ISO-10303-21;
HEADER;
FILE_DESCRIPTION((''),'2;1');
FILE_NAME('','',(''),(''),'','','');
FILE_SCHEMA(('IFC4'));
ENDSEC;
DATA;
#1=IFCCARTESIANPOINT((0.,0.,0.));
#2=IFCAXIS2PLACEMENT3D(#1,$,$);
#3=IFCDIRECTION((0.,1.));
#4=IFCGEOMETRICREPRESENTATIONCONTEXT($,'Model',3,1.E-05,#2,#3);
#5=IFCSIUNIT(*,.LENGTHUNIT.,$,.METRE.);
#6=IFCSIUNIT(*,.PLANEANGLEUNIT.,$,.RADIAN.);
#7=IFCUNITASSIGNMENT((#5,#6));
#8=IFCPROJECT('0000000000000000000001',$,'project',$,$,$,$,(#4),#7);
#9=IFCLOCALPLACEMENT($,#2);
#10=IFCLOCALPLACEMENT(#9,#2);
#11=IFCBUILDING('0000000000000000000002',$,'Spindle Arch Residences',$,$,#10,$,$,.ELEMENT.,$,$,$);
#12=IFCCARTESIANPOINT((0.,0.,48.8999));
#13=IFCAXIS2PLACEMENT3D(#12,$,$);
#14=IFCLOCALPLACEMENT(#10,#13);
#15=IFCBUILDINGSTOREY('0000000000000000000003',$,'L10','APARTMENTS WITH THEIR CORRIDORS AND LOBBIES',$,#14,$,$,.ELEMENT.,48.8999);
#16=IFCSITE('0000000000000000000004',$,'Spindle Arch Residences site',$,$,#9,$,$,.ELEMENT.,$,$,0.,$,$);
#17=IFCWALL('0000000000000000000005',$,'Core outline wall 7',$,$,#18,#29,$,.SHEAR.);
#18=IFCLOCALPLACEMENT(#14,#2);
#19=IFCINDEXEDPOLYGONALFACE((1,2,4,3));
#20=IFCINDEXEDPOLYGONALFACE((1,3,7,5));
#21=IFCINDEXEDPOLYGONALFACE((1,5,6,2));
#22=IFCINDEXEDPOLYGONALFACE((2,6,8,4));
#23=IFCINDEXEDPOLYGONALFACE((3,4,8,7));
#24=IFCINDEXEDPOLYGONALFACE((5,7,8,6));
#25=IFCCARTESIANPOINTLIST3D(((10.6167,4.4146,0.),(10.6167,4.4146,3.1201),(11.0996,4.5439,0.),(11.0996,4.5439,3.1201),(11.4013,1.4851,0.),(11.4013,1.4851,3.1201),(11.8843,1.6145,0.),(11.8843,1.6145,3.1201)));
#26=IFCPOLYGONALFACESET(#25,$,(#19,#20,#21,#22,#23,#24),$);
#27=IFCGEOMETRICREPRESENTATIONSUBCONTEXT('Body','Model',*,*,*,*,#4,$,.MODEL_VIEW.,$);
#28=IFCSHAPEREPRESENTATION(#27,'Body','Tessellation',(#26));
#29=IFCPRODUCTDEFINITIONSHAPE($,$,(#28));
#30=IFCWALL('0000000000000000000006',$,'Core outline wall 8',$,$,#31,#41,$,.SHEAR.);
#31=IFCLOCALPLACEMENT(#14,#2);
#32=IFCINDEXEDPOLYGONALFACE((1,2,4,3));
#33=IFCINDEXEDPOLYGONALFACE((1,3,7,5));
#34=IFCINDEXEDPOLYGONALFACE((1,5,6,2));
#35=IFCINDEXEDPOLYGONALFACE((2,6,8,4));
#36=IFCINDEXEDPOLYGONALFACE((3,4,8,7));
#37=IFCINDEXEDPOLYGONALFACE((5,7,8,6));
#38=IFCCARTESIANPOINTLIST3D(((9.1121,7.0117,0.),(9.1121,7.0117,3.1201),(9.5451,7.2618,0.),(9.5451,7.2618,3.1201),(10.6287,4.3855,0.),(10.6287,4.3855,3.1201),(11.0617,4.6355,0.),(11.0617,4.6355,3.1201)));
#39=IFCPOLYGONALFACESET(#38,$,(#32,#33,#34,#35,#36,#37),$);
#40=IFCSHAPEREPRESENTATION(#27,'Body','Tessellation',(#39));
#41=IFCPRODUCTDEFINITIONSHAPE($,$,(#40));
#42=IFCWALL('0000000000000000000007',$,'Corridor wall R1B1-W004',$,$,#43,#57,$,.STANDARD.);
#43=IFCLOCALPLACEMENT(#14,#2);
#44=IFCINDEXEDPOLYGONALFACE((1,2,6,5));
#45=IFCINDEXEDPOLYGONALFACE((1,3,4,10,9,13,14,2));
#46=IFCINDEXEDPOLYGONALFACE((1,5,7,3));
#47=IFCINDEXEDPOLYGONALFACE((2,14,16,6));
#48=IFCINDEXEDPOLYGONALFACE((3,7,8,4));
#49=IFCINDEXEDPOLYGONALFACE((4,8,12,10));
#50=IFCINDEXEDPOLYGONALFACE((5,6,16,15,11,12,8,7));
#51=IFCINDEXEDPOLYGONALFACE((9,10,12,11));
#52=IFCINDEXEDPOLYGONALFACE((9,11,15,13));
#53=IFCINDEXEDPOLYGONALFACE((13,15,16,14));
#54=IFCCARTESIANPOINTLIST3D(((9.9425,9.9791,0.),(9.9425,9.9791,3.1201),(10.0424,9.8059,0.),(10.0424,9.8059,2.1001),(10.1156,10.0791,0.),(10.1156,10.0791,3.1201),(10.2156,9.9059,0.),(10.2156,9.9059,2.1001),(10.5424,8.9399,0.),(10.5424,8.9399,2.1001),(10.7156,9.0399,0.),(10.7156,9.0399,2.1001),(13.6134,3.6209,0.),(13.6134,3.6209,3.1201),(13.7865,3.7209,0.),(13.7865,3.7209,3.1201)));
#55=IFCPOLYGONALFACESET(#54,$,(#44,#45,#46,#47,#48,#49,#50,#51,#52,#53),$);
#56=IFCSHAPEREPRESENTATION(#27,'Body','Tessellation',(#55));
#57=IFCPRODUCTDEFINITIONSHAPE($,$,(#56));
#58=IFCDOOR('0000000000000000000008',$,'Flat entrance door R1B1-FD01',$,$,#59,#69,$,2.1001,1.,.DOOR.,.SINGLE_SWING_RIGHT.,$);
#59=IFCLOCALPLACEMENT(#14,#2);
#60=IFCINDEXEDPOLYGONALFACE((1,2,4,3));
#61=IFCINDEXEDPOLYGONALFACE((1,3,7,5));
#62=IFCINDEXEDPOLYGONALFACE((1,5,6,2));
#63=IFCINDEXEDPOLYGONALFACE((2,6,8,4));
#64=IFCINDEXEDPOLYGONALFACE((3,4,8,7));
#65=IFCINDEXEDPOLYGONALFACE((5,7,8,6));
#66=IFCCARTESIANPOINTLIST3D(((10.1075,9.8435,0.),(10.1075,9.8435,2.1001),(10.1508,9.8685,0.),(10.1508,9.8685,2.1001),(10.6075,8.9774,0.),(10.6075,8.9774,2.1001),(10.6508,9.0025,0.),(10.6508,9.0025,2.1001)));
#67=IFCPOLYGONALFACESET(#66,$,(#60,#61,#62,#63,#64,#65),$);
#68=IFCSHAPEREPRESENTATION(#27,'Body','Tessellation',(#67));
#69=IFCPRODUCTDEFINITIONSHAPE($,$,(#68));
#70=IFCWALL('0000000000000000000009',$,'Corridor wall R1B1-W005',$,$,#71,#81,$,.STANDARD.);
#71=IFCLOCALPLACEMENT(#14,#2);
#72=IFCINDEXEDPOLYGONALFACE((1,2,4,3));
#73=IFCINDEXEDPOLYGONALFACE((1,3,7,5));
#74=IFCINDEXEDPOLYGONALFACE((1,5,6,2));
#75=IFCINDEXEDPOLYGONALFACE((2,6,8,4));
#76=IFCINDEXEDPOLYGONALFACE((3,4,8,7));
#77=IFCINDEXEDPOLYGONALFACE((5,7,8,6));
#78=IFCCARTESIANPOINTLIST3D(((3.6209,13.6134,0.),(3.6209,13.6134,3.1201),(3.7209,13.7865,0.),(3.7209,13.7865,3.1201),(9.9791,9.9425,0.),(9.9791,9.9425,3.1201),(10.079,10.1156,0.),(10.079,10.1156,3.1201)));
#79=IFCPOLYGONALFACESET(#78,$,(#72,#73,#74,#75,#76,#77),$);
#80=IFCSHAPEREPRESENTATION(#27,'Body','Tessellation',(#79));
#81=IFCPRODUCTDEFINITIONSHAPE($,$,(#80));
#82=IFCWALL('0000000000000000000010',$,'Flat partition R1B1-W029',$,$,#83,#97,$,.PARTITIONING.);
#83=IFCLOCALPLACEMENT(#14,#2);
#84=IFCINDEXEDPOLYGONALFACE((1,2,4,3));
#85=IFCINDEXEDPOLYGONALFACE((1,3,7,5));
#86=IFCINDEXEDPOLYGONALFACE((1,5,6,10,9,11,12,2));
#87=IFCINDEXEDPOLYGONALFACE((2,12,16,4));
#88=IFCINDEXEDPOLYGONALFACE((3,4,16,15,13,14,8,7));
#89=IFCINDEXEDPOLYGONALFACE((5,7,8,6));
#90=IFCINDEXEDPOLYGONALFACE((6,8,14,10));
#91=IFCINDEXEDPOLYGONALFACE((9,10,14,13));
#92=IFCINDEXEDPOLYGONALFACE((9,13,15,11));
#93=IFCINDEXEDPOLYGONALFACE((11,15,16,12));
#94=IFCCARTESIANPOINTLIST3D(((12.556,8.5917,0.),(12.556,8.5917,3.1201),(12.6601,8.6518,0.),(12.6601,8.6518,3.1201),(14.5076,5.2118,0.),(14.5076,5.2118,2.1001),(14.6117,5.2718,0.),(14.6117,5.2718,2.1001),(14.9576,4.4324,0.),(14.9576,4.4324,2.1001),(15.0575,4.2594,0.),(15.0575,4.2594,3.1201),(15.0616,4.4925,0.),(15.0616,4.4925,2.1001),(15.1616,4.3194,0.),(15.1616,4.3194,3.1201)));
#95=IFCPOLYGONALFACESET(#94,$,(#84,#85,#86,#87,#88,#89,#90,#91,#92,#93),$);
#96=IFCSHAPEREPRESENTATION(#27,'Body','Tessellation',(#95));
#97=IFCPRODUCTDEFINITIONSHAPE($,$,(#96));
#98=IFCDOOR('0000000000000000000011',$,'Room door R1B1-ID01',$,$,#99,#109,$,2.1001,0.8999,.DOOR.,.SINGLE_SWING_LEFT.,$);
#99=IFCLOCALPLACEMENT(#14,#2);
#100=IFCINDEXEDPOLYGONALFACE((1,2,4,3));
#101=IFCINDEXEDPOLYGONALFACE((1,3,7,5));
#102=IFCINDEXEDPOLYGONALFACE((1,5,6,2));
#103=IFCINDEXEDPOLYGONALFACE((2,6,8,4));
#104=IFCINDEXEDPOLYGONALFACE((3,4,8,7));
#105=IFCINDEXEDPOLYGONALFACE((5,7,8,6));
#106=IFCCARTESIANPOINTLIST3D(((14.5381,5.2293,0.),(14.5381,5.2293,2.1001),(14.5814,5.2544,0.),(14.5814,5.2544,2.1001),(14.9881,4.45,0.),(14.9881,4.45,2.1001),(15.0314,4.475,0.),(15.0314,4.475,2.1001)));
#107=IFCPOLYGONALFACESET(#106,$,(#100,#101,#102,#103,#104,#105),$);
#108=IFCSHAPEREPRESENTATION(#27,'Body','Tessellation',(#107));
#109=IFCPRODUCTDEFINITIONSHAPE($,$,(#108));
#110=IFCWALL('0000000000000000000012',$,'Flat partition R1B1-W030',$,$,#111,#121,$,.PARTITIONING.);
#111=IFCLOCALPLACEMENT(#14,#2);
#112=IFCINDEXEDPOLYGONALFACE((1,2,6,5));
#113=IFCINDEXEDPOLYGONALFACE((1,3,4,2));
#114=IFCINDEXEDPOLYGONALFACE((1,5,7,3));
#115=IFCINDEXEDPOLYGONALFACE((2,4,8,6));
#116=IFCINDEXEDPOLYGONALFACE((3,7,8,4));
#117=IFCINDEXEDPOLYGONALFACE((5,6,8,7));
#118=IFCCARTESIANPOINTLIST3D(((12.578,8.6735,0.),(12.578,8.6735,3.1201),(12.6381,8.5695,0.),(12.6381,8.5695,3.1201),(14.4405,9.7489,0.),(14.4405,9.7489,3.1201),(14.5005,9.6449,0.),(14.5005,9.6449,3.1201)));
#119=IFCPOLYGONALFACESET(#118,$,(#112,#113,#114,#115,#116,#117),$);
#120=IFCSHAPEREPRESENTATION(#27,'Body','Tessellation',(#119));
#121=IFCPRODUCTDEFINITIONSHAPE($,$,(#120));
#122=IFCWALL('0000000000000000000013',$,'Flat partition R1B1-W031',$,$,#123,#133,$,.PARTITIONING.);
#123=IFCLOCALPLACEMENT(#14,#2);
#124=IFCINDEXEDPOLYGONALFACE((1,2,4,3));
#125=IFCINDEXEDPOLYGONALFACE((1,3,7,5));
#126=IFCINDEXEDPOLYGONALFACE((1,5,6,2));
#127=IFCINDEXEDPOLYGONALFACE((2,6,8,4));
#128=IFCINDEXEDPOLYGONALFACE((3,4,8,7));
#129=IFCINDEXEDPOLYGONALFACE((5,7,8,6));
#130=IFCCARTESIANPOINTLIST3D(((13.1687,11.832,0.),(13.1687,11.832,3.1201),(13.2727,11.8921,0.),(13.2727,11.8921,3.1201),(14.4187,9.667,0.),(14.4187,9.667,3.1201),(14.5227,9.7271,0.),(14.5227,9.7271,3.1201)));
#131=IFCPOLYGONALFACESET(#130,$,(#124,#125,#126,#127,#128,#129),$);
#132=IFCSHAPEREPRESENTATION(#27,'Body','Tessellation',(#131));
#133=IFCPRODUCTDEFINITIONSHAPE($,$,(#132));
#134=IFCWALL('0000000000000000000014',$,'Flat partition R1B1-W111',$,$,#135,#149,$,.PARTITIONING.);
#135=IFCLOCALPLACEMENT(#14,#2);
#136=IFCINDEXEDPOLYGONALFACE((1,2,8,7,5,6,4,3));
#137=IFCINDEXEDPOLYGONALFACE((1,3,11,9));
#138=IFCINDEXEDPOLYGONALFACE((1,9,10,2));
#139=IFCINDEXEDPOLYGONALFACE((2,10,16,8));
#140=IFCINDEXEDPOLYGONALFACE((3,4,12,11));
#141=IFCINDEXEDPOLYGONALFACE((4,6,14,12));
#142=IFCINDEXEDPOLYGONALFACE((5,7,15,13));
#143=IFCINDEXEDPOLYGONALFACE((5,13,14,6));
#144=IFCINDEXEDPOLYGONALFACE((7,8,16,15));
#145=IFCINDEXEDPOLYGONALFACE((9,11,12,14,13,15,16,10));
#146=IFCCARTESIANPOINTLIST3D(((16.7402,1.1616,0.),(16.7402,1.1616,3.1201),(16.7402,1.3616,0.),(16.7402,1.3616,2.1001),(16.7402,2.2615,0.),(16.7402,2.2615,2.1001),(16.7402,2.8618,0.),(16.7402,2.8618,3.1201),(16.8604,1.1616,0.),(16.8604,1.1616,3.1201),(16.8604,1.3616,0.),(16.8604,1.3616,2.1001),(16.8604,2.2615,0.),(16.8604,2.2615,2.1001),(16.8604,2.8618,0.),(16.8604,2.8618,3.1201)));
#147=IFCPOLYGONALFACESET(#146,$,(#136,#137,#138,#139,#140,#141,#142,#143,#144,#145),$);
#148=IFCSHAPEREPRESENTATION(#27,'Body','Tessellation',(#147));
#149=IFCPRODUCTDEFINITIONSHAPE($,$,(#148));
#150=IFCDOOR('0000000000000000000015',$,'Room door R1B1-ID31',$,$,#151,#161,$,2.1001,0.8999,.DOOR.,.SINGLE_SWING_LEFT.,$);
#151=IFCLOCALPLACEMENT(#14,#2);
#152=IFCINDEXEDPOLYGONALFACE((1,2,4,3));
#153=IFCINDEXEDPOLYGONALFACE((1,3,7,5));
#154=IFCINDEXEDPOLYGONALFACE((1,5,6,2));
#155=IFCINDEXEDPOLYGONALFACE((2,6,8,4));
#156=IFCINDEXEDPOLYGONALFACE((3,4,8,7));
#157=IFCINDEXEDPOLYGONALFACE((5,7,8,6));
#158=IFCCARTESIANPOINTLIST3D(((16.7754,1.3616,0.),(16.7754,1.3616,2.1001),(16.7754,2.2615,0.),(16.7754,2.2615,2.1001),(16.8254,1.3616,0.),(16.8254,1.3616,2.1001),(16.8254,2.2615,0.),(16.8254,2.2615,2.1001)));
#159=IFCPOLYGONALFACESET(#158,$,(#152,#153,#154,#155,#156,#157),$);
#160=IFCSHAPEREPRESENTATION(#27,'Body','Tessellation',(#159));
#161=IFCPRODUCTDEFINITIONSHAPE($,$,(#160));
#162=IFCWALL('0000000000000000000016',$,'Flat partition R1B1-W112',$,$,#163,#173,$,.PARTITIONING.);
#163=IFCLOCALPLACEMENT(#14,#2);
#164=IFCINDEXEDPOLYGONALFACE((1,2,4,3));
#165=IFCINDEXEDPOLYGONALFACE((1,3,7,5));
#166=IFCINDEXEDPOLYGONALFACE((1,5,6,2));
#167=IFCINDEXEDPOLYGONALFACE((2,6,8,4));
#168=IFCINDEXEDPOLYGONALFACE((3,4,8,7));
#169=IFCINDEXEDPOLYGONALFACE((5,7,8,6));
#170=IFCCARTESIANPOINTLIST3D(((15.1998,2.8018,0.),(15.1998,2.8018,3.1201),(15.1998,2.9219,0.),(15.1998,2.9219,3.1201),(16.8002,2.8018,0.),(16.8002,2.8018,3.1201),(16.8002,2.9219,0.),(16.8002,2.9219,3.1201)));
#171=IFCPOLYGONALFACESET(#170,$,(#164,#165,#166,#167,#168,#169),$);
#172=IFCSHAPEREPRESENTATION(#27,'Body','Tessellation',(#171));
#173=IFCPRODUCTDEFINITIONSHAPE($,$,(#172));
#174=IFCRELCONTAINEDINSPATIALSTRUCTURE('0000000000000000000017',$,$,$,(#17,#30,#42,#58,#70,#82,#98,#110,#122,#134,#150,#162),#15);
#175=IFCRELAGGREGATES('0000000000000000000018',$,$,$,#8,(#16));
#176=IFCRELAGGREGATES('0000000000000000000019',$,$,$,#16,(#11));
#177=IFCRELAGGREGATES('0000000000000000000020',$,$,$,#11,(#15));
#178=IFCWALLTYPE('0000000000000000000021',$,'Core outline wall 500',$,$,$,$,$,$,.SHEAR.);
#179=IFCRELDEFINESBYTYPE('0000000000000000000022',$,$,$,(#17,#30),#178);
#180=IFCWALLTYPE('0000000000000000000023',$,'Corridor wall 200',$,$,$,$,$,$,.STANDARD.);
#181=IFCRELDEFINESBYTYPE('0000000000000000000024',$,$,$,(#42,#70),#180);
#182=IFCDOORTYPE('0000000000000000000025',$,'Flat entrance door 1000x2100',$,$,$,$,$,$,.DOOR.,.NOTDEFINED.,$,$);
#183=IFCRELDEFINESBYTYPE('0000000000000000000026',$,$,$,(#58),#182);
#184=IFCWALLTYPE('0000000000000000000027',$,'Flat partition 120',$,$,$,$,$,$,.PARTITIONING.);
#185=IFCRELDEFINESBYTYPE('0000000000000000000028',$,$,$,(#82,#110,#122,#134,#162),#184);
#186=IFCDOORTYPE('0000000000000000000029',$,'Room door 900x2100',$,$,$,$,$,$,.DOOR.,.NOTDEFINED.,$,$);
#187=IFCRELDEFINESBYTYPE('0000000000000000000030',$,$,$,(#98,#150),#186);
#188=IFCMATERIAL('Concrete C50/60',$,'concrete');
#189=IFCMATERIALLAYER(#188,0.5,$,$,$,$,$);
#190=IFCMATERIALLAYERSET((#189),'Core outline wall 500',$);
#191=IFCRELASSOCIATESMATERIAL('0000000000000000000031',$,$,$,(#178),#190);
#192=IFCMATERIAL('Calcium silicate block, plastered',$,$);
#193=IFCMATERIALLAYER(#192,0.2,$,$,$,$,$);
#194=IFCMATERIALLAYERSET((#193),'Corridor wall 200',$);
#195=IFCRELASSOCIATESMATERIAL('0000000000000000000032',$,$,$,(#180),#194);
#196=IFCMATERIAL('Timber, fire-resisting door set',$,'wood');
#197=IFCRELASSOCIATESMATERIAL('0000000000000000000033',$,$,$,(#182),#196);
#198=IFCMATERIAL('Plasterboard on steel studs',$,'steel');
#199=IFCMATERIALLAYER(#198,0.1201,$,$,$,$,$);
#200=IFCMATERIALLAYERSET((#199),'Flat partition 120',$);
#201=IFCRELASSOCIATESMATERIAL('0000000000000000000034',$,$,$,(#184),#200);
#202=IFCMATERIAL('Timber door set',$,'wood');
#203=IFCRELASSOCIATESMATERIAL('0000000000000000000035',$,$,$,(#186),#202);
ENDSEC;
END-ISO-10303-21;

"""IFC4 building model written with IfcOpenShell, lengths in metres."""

from ifc_helpers import new_model, si_unit, direction, frame, frame_2d, origin, place, context, subcontext, project, spatial, rectangle, extrude, material, layer, layer_set, type_object, element, fill, save


model = new_model("IFC4")

# Units and contexts
model_context = context("Model", 3, precision=1e-05, world=origin(), true_north=direction((0.0, 1.0)))
body_context = subcontext(model_context, "Body", "Model", "MODEL_VIEW")
ifc_project = project(units=[si_unit("LENGTHUNIT", "METRE"), si_unit("PLANEANGLEUNIT", "RADIAN")], contexts=[model_context])

# Site, building, storey
site_placement = place(None, origin())
site = spatial("IfcSite", under=ifc_project, at=site_placement, Name="Spindle Arch Residences site", CompositionType="ELEMENT", RefElevation=0.0)
building_placement = place(site_placement, origin())
building = spatial("IfcBuilding", under=site, at=building_placement, Name="Spindle Arch Residences", CompositionType="ELEMENT")
storey_placement = place(building_placement, frame((0.0, 0.0, 48.8999)))
storey = spatial("IfcBuildingStorey", under=building, at=storey_placement, Name="L10", Description="APARTMENTS WITH THEIR CORRIDORS AND LOBBIES", CompositionType="ELEMENT", Elevation=48.8999)

# Walls
ifc_material_1 = material(Name="Concrete C50/60", Category="concrete")
ifc_layer_1 = layer(ifc_material_1, 0.5)
ifc_layer_set_1 = layer_set([ifc_layer_1], Name="Core outline wall 500")
wall_type_1 = type_object("IfcWallType", Name="Core outline wall 500", PredefinedType="SHEAR", material=ifc_layer_set_1)
for number, where, z_axis, x_axis, name in (
    (1, (11.6428, 1.5498, 0.0), (0.0, 0.0, 1.0), (-0.258735, 0.965948, 0.0), "Core outline wall 7"),
    (2, (10.8452, 4.5105, 0.0), (0.0, 0.0, 1.0), (-0.500087, 0.865975, 0.0), "Core outline wall 8"),
):
    element("IfcWall", number, at=place(storey_placement, frame(where, z_axis=z_axis, x_axis=x_axis)), inside=storey, type_object=wall_type_1, Name=name, PredefinedType="SHEAR", context=body_context, shape_type="SweptSolid", body=[
        extrude(rectangle(XDim=3.0327, YDim=0.5, at=frame_2d((1.5164, 0.0))), origin(), (0.0, 0.0, 1.0), 3.1201),
    ])

# Wall, opening, door
ifc_material_2 = material(Name="Calcium silicate block, plastered")
ifc_layer_2 = layer(ifc_material_2, 0.2)
ifc_layer_set_2 = layer_set([ifc_layer_2], Name="Corridor wall 200")
wall_type_2 = type_object("IfcWallType", Name="Corridor wall 200", PredefinedType="STANDARD", material=ifc_layer_set_2)
wall_1_placement = place(storey_placement, frame((13.7, 3.6709, 0.0), z_axis=(0.0, 0.0, 1.0), x_axis=(-0.500002, 0.866024, 0.0)))
wall_1 = element("IfcWall", 3, at=wall_1_placement, inside=storey, type_object=wall_type_2, Name="Corridor wall R1B1-W004", PredefinedType="STANDARD", context=body_context, shape_type="SweptSolid", body=[
    extrude(rectangle(XDim=7.3418, YDim=0.2, at=frame_2d((3.6709, 0.0))), origin(), (0.0, 0.0, 1.0), 3.1201),
])
opening_1_placement = place(wall_1_placement, frame((6.1418, 0.0, 0.0)))
opening_1 = element("IfcOpeningElement", 4, at=opening_1_placement, cuts=wall_1, PredefinedType="OPENING", context=body_context, shape_type="SweptSolid", body=[
    extrude(rectangle(XDim=1.0, YDim=2.1001, at=frame_2d((0.5, 1.05))), frame((0.0, 0.1099, 0.0), z_axis=(0.0, -1.0, 0.0), x_axis=(1.0, 0.0, 0.0)), (0.0, 0.0, 1.0), 0.22),
])
ifc_material_3 = material(Name="Timber, fire-resisting door set", Category="wood")
door_type_1 = type_object("IfcDoorType", Name="Flat entrance door 1000x2100", OperationType="NOTDEFINED", PredefinedType="DOOR", material=ifc_material_3)
door_1_placement = place(opening_1_placement, origin())
door_1 = element("IfcDoor", 5, at=door_1_placement, inside=storey, type_object=door_type_1, Name="Flat entrance door R1B1-FD01", OperationType="SINGLE_SWING_RIGHT", OverallHeight=2.1001, OverallWidth=1.0, PredefinedType="DOOR", context=body_context, shape_type="SweptSolid", body=[
    extrude(rectangle(XDim=1.0, YDim=2.1001, at=frame_2d((0.5, 1.05))), frame((0.0, 0.0249, 0.0), z_axis=(0.0, -1.0, 0.0), x_axis=(1.0, 0.0, 0.0)), (0.0, 0.0, 1.0), 0.05),
])
fill(opening_1, door_1)

# Wall
wall_2_placement = place(storey_placement, frame((10.0291, 10.0291, 0.0), z_axis=(0.0, 0.0, 1.0), x_axis=(-0.866024, 0.500002, 0.0)))
element("IfcWall", 6, at=wall_2_placement, inside=storey, type_object=wall_type_2, Name="Corridor wall R1B1-W005", PredefinedType="STANDARD", context=body_context, shape_type="SweptSolid", body=[
    extrude(rectangle(XDim=7.3418, YDim=0.2, at=frame_2d((3.6709, 0.0))), origin(), (0.0, 0.0, 1.0), 3.1201),
])

# Wall, opening, door
ifc_material_4 = material(Name="Plasterboard on steel studs", Category="steel")
ifc_layer_3 = layer(ifc_material_4, 0.1201)
ifc_layer_set_3 = layer_set([ifc_layer_3], Name="Flat partition 120")
wall_type_3 = type_object("IfcWallType", Name="Flat partition 120", PredefinedType="PARTITIONING", material=ifc_layer_set_3)
wall_3_placement = place(storey_placement, frame((15.1096, 4.2893, 0.0), z_axis=(0.0, 0.0, 1.0), x_axis=(-0.500034, 0.866006, 0.0)))
wall_3 = element("IfcWall", 7, at=wall_3_placement, inside=storey, type_object=wall_type_3, Name="Flat partition R1B1-W029", PredefinedType="PARTITIONING", context=body_context, shape_type="SweptSolid", body=[
    extrude(rectangle(XDim=5.0027, YDim=0.1201, at=frame_2d((2.5015, 0.0))), origin(), (0.0, 0.0, 1.0), 3.1201),
])
opening_2_placement = place(wall_3_placement, frame((0.2, 0.0, 0.0)))
opening_2 = element("IfcOpeningElement", 8, at=opening_2_placement, cuts=wall_3, PredefinedType="OPENING", context=body_context, shape_type="SweptSolid", body=[
    extrude(rectangle(XDim=0.8999, YDim=2.1001, at=frame_2d((0.45, 1.05))), frame((0.0, 0.0701, 0.0), z_axis=(0.0, -1.0, 0.0), x_axis=(1.0, 0.0, 0.0)), (0.0, 0.0, 1.0), 0.1401),
])
ifc_material_5 = material(Name="Timber door set", Category="wood")
door_type_2 = type_object("IfcDoorType", Name="Room door 900x2100", OperationType="NOTDEFINED", PredefinedType="DOOR", material=ifc_material_5)
door_2_placement = place(opening_2_placement, origin())
door_2 = element("IfcDoor", 9, at=door_2_placement, inside=storey, type_object=door_type_2, Name="Room door R1B1-ID01", OperationType="SINGLE_SWING_LEFT", OverallHeight=2.1001, OverallWidth=0.8999, PredefinedType="DOOR", context=body_context, shape_type="SweptSolid", body=[
    extrude(rectangle(XDim=0.8999, YDim=2.1001, at=frame_2d((0.45, 1.05))), frame((0.0, 0.0249, 0.0), z_axis=(0.0, -1.0, 0.0), x_axis=(1.0, 0.0, 0.0)), (0.0, 0.0, 1.0), 0.05),
])
fill(opening_2, door_2)

# Walls
wall_4_placement = place(storey_placement, frame((12.6082, 8.6216, 0.0), z_axis=(0.0, 0.0, 1.0), x_axis=(0.866006, 0.500034, 0.0)))
element("IfcWall", 10, at=wall_4_placement, inside=storey, type_object=wall_type_3, Name="Flat partition R1B1-W030", PredefinedType="PARTITIONING", context=body_context, shape_type="SweptSolid", body=[
    extrude(rectangle(XDim=2.1506, YDim=0.1201, at=frame_2d((1.0752, 0.0))), origin(), (0.0, 0.0, 1.0), 3.1201),
])
wall_5_placement = place(storey_placement, frame((14.4707, 9.697, 0.0), z_axis=(0.0, 0.0, 1.0), x_axis=(-0.500004, 0.866023, 0.0)))
element("IfcWall", 11, at=wall_5_placement, inside=storey, type_object=wall_type_3, Name="Flat partition R1B1-W031", PredefinedType="PARTITIONING", context=body_context, shape_type="SweptSolid", body=[
    extrude(rectangle(XDim=2.5, YDim=0.1201, at=frame_2d((1.25, 0.0))), origin(), (0.0, 0.0, 1.0), 3.1201),
])

# Wall, opening, door
wall_6_placement = place(storey_placement, frame((16.8003, 1.1616, 0.0), z_axis=(0.0, 0.0, 1.0), x_axis=(0.0, 1.0, 0.0)))
wall_6 = element("IfcWall", 12, at=wall_6_placement, inside=storey, type_object=wall_type_3, Name="Flat partition R1B1-W111", PredefinedType="PARTITIONING", context=body_context, shape_type="SweptSolid", body=[
    extrude(rectangle(XDim=1.7002, YDim=0.1201, at=frame_2d((0.8501, 0.0))), origin(), (0.0, 0.0, 1.0), 3.1201),
])
opening_3_placement = place(wall_6_placement, frame((0.2, 0.0, 0.0)))
opening_3 = element("IfcOpeningElement", 13, at=opening_3_placement, cuts=wall_6, PredefinedType="OPENING", context=body_context, shape_type="SweptSolid", body=[
    extrude(rectangle(XDim=0.8999, YDim=2.1001, at=frame_2d((0.45, 1.05))), frame((0.0, 0.0701, 0.0), z_axis=(0.0, -1.0, 0.0), x_axis=(1.0, 0.0, 0.0)), (0.0, 0.0, 1.0), 0.1401),
])
door_3_placement = place(opening_3_placement, origin())
door_3 = element("IfcDoor", 14, at=door_3_placement, inside=storey, type_object=door_type_2, Name="Room door R1B1-ID31", OperationType="SINGLE_SWING_LEFT", OverallHeight=2.1001, OverallWidth=0.8999, PredefinedType="DOOR", context=body_context, shape_type="SweptSolid", body=[
    extrude(rectangle(XDim=0.8999, YDim=2.1001, at=frame_2d((0.45, 1.05))), frame((0.0, 0.0249, 0.0), z_axis=(0.0, -1.0, 0.0), x_axis=(1.0, 0.0, 0.0)), (0.0, 0.0, 1.0), 0.05),
])
fill(opening_3, door_3)

# Wall
wall_7_placement = place(storey_placement, frame((16.8003, 2.8618, 0.0), z_axis=(0.0, 0.0, 1.0), x_axis=(-1.0, 0.0, 0.0)))
element("IfcWall", 15, at=wall_7_placement, inside=storey, type_object=wall_type_3, Name="Flat partition R1B1-W112", PredefinedType="PARTITIONING", context=body_context, shape_type="SweptSolid", body=[
    extrude(rectangle(XDim=1.6003, YDim=0.1201, at=frame_2d((0.8003, 0.0))), origin(), (0.0, 0.0, 1.0), 3.1201),
])

save(model, "model.ifc")
